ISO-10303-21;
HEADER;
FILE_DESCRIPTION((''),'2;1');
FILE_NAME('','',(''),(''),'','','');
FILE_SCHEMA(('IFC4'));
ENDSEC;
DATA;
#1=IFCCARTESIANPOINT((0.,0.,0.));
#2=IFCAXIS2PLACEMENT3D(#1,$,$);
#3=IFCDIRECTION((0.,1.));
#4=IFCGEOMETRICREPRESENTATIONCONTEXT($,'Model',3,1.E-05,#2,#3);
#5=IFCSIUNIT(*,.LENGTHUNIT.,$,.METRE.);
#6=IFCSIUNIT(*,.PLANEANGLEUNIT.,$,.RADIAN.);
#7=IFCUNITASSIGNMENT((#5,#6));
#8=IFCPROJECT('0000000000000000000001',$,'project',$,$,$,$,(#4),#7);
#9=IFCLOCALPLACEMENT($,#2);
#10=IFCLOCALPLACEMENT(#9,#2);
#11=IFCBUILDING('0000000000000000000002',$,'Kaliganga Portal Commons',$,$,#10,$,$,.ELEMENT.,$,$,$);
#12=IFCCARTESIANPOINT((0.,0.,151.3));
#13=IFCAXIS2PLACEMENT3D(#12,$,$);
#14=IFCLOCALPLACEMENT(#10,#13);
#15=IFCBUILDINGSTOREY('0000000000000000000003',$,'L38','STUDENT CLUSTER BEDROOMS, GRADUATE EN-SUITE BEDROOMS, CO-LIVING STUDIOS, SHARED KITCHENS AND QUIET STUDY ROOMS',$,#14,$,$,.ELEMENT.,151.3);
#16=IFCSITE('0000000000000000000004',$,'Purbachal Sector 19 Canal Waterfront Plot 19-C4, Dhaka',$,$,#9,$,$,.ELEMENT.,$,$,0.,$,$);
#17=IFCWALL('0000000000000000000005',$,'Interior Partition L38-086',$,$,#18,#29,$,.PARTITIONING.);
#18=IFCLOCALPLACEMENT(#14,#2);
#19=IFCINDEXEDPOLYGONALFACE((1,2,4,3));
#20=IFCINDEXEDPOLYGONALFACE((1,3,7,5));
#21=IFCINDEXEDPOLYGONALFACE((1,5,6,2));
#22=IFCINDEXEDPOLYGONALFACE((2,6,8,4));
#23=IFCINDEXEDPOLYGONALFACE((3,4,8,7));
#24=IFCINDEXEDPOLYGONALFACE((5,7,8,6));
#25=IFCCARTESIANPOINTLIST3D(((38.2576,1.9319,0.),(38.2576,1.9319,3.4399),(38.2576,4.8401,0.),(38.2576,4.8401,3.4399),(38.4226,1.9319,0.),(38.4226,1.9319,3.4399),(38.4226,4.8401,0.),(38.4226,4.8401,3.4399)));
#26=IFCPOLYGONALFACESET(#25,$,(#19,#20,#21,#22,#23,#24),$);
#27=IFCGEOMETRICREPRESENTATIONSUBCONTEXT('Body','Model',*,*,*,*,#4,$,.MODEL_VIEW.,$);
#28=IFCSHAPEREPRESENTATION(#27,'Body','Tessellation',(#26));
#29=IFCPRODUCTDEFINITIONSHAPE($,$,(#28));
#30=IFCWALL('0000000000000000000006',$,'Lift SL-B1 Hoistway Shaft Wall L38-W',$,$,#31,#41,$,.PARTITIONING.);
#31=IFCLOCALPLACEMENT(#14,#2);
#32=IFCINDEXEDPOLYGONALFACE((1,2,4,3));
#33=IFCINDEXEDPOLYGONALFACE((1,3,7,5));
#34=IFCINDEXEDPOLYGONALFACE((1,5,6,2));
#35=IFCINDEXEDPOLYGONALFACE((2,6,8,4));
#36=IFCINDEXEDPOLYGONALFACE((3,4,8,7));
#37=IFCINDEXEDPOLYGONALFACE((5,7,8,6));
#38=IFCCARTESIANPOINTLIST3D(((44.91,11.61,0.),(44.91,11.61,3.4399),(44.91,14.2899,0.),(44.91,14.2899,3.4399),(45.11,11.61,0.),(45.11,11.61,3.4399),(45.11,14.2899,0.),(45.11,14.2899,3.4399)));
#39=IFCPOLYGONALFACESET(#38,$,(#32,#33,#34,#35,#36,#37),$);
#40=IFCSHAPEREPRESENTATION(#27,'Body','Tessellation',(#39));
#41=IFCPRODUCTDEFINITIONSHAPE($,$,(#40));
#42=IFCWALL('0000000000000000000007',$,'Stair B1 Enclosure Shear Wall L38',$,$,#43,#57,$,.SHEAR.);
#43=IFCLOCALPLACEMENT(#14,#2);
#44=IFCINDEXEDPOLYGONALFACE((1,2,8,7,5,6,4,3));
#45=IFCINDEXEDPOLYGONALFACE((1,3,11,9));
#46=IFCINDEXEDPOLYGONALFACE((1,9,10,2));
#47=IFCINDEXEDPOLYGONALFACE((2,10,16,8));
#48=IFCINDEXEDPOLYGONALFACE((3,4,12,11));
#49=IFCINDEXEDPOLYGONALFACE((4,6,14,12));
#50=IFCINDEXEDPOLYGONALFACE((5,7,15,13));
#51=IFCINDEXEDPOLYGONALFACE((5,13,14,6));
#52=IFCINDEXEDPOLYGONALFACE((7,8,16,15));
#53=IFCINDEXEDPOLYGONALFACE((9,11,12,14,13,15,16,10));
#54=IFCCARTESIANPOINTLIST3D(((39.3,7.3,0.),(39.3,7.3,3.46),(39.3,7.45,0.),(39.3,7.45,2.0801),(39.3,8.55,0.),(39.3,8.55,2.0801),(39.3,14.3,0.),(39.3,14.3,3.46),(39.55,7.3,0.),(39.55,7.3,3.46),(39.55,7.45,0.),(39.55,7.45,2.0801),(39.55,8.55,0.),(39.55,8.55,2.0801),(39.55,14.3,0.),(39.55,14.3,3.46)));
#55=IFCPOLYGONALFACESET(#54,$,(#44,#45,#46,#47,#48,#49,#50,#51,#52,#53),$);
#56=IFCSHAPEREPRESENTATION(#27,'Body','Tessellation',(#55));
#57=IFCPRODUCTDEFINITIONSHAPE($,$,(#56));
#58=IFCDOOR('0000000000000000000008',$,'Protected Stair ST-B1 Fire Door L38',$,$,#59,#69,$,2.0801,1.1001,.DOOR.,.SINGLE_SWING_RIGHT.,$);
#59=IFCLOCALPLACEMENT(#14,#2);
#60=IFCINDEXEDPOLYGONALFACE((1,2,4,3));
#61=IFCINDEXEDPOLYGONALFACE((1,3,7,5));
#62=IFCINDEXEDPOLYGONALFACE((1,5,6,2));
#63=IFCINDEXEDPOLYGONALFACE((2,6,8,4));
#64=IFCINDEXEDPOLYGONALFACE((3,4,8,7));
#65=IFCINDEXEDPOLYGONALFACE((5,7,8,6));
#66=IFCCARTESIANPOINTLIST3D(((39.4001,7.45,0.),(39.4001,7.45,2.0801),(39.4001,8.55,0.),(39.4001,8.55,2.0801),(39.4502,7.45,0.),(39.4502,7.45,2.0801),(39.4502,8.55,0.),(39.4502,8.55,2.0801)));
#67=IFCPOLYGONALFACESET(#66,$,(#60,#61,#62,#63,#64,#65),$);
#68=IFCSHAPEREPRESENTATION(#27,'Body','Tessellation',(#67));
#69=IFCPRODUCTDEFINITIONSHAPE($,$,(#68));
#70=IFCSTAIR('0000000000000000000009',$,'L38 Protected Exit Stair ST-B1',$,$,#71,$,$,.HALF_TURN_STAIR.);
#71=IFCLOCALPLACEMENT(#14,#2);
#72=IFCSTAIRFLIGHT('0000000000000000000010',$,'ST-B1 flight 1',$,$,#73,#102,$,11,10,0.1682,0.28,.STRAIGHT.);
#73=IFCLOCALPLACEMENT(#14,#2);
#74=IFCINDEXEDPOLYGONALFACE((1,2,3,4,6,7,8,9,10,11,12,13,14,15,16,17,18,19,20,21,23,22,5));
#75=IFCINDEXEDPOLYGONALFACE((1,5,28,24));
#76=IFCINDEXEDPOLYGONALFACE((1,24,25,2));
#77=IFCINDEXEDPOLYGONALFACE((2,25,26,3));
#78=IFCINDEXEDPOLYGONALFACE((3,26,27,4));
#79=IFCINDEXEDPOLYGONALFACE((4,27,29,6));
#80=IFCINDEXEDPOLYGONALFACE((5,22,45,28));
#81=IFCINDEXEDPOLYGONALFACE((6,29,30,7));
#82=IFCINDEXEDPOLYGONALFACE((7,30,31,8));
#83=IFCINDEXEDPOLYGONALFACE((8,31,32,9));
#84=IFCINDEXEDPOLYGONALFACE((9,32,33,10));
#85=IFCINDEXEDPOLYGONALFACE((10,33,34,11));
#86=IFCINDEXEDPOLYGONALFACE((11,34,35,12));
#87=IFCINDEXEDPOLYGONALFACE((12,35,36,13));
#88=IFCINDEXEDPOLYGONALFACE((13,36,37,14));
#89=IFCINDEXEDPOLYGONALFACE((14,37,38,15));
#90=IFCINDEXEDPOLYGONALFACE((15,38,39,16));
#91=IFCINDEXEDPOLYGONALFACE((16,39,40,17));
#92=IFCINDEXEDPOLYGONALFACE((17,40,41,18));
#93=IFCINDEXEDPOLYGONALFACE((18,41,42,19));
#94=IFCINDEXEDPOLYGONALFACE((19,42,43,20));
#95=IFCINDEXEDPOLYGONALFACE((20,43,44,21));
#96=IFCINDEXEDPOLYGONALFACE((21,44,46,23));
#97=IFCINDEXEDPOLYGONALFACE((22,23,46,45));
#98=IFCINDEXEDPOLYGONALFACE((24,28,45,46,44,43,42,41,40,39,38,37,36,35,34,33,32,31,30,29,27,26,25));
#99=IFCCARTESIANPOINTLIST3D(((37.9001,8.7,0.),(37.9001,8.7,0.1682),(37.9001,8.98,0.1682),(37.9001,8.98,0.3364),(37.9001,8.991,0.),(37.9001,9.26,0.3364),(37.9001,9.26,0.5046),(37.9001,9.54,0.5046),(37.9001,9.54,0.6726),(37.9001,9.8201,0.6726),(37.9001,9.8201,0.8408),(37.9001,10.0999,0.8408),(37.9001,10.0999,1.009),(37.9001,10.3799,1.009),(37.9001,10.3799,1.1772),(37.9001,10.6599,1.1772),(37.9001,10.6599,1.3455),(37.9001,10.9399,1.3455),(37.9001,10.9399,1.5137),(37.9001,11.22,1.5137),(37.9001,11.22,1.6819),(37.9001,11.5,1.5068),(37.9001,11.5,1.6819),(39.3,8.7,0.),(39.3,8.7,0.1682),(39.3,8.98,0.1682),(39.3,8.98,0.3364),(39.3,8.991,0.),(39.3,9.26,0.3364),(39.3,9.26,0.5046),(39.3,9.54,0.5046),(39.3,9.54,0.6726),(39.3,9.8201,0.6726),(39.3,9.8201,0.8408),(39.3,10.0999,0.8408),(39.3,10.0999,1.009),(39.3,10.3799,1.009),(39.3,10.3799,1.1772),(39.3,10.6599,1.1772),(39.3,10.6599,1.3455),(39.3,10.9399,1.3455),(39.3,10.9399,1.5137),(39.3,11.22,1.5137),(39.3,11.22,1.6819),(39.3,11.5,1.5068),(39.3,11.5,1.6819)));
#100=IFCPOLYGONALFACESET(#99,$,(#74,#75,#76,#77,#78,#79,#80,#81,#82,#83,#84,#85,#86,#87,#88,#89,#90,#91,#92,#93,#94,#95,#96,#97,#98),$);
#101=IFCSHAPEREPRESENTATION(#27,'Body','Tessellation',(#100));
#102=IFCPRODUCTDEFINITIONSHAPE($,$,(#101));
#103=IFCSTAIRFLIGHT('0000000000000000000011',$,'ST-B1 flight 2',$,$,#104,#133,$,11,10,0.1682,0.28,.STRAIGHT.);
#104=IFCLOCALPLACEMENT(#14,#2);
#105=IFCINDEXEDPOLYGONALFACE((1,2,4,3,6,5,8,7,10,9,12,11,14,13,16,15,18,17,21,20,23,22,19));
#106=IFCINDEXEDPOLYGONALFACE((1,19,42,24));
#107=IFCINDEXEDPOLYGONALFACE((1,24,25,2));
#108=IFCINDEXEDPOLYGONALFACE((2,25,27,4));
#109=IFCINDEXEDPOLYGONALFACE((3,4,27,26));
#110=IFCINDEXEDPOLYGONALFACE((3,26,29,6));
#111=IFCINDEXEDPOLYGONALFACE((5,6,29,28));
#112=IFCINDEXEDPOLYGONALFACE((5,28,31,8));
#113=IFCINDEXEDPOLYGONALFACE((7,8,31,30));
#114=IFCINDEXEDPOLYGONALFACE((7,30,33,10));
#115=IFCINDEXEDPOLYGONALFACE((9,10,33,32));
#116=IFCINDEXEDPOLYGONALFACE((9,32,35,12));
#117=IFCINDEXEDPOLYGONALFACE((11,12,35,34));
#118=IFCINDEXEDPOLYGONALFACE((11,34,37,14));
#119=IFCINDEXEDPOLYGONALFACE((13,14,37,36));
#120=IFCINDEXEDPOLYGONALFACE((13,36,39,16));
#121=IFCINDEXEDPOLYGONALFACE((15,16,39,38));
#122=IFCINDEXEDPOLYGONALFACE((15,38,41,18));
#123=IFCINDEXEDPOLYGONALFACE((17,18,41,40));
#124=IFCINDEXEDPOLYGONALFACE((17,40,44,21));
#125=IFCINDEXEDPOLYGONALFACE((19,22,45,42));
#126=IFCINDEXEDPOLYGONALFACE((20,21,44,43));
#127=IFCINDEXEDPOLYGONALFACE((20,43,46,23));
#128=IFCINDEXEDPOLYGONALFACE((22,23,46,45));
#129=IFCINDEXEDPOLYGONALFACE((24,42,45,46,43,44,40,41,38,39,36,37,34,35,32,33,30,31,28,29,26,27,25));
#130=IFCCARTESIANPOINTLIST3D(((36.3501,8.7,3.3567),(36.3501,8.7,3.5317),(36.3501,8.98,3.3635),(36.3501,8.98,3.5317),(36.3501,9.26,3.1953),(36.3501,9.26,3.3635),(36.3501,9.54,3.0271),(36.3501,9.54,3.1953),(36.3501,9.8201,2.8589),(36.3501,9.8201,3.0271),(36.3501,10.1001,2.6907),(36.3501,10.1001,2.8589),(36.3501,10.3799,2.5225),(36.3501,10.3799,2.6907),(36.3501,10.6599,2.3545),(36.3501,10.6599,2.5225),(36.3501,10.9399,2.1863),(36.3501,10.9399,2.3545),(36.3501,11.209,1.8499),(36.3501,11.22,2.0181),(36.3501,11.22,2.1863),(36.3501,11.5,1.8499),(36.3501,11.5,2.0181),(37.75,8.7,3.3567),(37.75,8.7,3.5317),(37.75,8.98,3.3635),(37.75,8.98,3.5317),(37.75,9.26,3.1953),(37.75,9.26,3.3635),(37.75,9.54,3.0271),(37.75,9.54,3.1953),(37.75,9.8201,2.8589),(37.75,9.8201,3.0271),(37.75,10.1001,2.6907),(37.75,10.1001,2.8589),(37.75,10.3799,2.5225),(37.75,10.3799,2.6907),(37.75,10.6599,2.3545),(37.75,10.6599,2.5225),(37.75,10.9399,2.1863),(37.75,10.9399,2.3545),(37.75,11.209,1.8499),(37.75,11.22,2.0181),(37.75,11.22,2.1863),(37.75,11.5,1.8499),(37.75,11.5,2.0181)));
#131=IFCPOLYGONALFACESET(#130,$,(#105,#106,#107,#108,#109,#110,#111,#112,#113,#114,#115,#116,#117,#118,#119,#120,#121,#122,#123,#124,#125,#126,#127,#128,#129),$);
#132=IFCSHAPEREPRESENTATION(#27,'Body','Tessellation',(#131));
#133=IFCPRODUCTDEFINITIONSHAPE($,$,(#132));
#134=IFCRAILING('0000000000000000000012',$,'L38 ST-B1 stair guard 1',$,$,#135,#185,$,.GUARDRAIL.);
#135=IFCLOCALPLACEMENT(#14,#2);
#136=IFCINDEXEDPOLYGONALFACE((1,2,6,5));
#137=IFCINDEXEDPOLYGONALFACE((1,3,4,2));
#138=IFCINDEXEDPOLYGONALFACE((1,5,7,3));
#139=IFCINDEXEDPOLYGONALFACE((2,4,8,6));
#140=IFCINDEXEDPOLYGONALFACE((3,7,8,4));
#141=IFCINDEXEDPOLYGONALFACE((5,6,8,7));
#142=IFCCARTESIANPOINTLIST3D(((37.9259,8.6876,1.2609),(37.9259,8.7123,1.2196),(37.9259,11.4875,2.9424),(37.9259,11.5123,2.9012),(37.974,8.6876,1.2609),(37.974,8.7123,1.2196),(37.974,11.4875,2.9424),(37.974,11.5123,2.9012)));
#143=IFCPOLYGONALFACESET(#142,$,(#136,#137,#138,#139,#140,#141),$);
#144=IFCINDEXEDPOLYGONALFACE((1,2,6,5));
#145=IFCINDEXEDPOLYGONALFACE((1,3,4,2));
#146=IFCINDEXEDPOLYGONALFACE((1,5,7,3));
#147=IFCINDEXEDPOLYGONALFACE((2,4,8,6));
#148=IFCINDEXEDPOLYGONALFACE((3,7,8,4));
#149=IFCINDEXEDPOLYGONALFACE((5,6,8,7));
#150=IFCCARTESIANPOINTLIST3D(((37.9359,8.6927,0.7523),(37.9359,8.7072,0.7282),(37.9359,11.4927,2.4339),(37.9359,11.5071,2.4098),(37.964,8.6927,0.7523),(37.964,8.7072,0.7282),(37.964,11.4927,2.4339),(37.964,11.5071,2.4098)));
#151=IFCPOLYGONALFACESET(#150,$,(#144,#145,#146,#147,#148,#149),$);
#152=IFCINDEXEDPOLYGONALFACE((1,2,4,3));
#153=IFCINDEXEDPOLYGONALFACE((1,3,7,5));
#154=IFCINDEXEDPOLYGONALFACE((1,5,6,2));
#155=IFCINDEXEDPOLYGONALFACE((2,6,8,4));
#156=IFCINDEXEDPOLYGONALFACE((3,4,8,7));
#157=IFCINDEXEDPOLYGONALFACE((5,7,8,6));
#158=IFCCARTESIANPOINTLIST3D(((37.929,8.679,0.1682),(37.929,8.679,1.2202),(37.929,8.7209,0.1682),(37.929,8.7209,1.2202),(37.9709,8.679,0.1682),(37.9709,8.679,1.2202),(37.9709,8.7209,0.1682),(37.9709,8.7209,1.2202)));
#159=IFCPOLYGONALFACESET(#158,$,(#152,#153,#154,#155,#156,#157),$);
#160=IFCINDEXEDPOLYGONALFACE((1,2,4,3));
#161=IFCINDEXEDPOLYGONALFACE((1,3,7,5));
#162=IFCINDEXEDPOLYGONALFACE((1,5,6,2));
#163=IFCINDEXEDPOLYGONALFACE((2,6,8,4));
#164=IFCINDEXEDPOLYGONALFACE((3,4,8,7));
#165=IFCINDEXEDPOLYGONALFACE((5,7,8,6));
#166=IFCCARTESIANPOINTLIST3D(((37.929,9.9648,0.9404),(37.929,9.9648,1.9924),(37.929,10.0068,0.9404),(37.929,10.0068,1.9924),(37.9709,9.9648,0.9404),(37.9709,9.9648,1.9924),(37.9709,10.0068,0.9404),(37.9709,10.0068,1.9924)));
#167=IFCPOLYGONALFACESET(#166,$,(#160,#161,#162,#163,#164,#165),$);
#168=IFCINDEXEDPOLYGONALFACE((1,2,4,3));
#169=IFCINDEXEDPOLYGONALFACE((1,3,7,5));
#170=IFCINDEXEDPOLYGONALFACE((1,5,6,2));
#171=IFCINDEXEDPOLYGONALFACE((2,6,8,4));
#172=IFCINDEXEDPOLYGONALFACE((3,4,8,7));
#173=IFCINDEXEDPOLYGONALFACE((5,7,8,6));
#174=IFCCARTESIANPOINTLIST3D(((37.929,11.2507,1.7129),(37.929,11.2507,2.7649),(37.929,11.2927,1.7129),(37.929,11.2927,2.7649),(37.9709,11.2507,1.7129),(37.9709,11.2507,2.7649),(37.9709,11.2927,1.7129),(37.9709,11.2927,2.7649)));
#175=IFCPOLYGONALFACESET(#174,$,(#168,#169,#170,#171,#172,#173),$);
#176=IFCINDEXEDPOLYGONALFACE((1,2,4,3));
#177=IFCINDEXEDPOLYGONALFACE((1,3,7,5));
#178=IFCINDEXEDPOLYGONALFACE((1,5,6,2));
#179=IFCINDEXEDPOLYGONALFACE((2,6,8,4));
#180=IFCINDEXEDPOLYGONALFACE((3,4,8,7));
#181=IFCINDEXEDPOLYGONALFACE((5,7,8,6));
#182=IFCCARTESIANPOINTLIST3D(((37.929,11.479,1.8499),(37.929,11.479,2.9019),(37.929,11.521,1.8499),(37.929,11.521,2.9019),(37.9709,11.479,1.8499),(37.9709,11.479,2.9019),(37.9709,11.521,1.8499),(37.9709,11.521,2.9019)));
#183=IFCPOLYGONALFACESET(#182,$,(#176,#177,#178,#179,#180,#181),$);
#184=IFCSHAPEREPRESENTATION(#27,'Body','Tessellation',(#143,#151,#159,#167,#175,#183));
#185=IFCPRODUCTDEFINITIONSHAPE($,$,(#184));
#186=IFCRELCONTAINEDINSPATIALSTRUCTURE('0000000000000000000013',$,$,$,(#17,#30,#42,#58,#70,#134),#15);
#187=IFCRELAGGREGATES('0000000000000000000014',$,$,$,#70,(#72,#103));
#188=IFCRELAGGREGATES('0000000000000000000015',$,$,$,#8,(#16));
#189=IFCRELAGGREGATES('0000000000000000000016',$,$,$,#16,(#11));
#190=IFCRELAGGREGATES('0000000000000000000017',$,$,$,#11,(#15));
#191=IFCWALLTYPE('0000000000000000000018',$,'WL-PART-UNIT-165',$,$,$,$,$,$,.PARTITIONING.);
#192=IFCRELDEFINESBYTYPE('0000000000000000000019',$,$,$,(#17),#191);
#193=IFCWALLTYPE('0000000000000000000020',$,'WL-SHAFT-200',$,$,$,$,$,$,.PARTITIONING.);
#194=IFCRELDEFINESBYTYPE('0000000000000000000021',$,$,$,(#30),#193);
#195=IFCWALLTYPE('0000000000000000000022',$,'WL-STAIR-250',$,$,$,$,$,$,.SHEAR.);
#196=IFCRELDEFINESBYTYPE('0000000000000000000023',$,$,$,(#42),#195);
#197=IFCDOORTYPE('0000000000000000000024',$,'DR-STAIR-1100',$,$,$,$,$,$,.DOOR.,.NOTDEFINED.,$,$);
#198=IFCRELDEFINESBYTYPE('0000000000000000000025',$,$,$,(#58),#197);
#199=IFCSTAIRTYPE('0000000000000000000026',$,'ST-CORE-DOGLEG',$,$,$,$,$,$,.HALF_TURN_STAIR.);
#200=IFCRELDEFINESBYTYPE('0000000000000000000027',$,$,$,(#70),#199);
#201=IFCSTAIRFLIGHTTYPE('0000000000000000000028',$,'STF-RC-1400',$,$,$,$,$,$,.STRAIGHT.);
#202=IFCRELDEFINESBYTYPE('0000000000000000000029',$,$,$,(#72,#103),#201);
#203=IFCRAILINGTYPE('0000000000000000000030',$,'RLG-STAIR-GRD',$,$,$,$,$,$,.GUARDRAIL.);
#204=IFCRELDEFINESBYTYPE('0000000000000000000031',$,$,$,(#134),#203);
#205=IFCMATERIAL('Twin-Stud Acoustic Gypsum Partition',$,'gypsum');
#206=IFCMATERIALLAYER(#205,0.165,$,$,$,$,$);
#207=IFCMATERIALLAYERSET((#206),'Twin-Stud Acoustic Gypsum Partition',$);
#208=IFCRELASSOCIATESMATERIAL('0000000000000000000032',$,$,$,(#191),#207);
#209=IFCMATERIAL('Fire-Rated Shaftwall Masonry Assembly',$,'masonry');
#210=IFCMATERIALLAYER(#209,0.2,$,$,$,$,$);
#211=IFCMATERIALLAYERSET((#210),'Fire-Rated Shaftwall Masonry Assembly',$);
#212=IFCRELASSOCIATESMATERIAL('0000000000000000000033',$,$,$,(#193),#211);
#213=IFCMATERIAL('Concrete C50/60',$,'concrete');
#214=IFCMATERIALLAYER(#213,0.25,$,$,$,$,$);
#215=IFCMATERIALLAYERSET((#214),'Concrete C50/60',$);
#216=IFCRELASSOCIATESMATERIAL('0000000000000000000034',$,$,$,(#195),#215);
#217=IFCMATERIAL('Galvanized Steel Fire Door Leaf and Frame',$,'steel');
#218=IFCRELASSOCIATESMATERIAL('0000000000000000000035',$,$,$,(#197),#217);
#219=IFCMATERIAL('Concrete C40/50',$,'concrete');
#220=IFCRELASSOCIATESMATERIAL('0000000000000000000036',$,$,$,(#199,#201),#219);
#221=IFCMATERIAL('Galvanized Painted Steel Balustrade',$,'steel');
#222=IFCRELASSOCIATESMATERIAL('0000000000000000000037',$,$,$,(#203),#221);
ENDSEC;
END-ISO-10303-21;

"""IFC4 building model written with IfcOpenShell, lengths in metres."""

from ifc_helpers import new_model, si_unit, direction, frame, frame_2d, origin, origin_2d, place, context, subcontext, project, spatial, polyline, rectangle, outline, extrude, material, layer, layer_set, type_object, element, fill, aggregate, save


model = new_model("IFC4")

# Units and contexts
model_context = context("Model", 3, precision=1e-05, world=origin(), true_north=direction((0.0, 1.0)))
body_context = subcontext(model_context, "Body", "Model", "MODEL_VIEW")
ifc_project = project(units=[si_unit("LENGTHUNIT", "METRE"), si_unit("PLANEANGLEUNIT", "RADIAN")], contexts=[model_context])

# Site, building, storey
site_placement = place(None, origin())
site = spatial("IfcSite", under=ifc_project, at=site_placement, Name="Purbachal Sector 19 Canal Waterfront Plot 19-C4, Dhaka", CompositionType="ELEMENT", RefElevation=0.0)
building_placement = place(site_placement, origin())
building = spatial("IfcBuilding", under=site, at=building_placement, Name="Kaliganga Portal Commons", CompositionType="ELEMENT")
storey_placement = place(building_placement, frame((0.0, 0.0, 151.3)))
storey = spatial("IfcBuildingStorey", under=building, at=storey_placement, Name="L38", Description="STUDENT CLUSTER BEDROOMS, GRADUATE EN-SUITE BEDROOMS, CO-LIVING STUDIOS, SHARED KITCHENS AND QUIET STUDY ROOMS", CompositionType="ELEMENT", Elevation=151.3)

# Shared definitions
ifc_material_1 = material(Name="Concrete C50/60", Category="concrete")

# Walls
ifc_material_2 = material(Name="Twin-Stud Acoustic Gypsum Partition", Category="gypsum")
ifc_layer_1 = layer(ifc_material_2, 0.165)
ifc_layer_set_1 = layer_set([ifc_layer_1], Name="Twin-Stud Acoustic Gypsum Partition")
wall_type_1 = type_object("IfcWallType", Name="WL-PART-UNIT-165", PredefinedType="PARTITIONING", material=ifc_layer_set_1)
wall_1_placement = place(storey_placement, frame((38.3401, 1.9319, 0.0), z_axis=(0.0, 0.0, 1.0), x_axis=(0.0, 1.0, 0.0)))
element("IfcWall", 1, at=wall_1_placement, inside=storey, type_object=wall_type_1, Name="Interior Partition L38-086", PredefinedType="PARTITIONING", context=body_context, shape_type="SweptSolid", body=[
    extrude(rectangle(XDim=2.9082, YDim=0.165, at=frame_2d((1.4541, 0.0))), origin(), (0.0, 0.0, 1.0), 3.4399),
])
ifc_material_3 = material(Name="Fire-Rated Shaftwall Masonry Assembly", Category="masonry")
ifc_layer_2 = layer(ifc_material_3, 0.2)
ifc_layer_set_2 = layer_set([ifc_layer_2], Name="Fire-Rated Shaftwall Masonry Assembly")
wall_type_2 = type_object("IfcWallType", Name="WL-SHAFT-200", PredefinedType="PARTITIONING", material=ifc_layer_set_2)
wall_2_placement = place(storey_placement, frame((45.01, 11.6101, 0.0), z_axis=(0.0, 0.0, 1.0), x_axis=(0.0, 1.0, 0.0)))
element("IfcWall", 2, at=wall_2_placement, inside=storey, type_object=wall_type_2, Name="Lift SL-B1 Hoistway Shaft Wall L38-W", PredefinedType="PARTITIONING", context=body_context, shape_type="SweptSolid", body=[
    extrude(rectangle(XDim=2.6799, YDim=0.2, at=frame_2d((1.3398, 0.0))), origin(), (0.0, 0.0, 1.0), 3.4399),
])

# Wall, opening, door
ifc_layer_3 = layer(ifc_material_1, 0.25)
ifc_layer_set_3 = layer_set([ifc_layer_3], Name="Concrete C50/60")
wall_type_3 = type_object("IfcWallType", Name="WL-STAIR-250", PredefinedType="SHEAR", material=ifc_layer_set_3)
wall_3_placement = place(storey_placement, frame((39.425, 7.3, 0.0), z_axis=(0.0, 0.0, 1.0), x_axis=(0.0, 1.0, 0.0)))
wall_3 = element("IfcWall", 3, at=wall_3_placement, inside=storey, type_object=wall_type_3, Name="Stair B1 Enclosure Shear Wall L38", PredefinedType="SHEAR", context=body_context, shape_type="SweptSolid", body=[
    extrude(rectangle(XDim=7.0, YDim=0.25, at=frame_2d((3.5, 0.0))), origin(), (0.0, 0.0, 1.0), 3.46),
])
opening_1_placement = place(wall_3_placement, frame((0.1499, 0.0, 0.0)))
opening_1 = element("IfcOpeningElement", 4, at=opening_1_placement, cuts=wall_3, PredefinedType="OPENING", context=body_context, shape_type="SweptSolid", body=[
    extrude(rectangle(XDim=1.1001, YDim=2.0801, at=frame_2d((0.55, 1.04))), frame((0.0, 0.135, 0.0), z_axis=(0.0, -1.0, 0.0), x_axis=(1.0, 0.0, 0.0)), (0.0, 0.0, 1.0), 0.27),
])
ifc_material_4 = material(Name="Galvanized Steel Fire Door Leaf and Frame", Category="steel")
door_type_1 = type_object("IfcDoorType", Name="DR-STAIR-1100", OperationType="NOTDEFINED", PredefinedType="DOOR", material=ifc_material_4)
door_1_placement = place(opening_1_placement, origin())
door_1 = element("IfcDoor", 5, at=door_1_placement, inside=storey, type_object=door_type_1, Name="Protected Stair ST-B1 Fire Door L38", OperationType="SINGLE_SWING_RIGHT", OverallHeight=2.0801, OverallWidth=1.1001, PredefinedType="DOOR", context=body_context, shape_type="SweptSolid", body=[
    extrude(rectangle(XDim=1.1001, YDim=2.0801, at=frame_2d((0.55, 1.04))), frame((0.0, 0.0249, 0.0), z_axis=(0.0, -1.0, 0.0), x_axis=(1.0, 0.0, 0.0)), (0.0, 0.0, 1.0), 0.05),
])
fill(opening_1, door_1)

# Stair, stair flights
ifc_material_5 = material(Name="Concrete C40/50", Category="concrete")
stair_type = type_object("IfcStairType", Name="ST-CORE-DOGLEG", PredefinedType="HALF_TURN_STAIR", material=ifc_material_5)
stair_placement = place(storey_placement, origin())
stair = element("IfcStair", 6, at=stair_placement, inside=storey, type_object=stair_type, Name="L38 Protected Exit Stair ST-B1", PredefinedType="HALF_TURN_STAIR")
stair_flight_type = type_object("IfcStairFlightType", Name="STF-RC-1400", PredefinedType="STRAIGHT", material=ifc_material_5)
stair_flight_1_placement = place(storey_placement, frame((38.6001, 8.7, 0.0), z_axis=(0.0, 0.0, 1.0), x_axis=(0.0, 1.0, 0.0)))
stair_flight_1 = element("IfcStairFlight", 7, at=stair_flight_1_placement, type_object=stair_flight_type, Name="ST-B1 flight 1", NumberOfRisers=11, NumberOfTreads=10, PredefinedType="STRAIGHT", RiserHeight=0.1682, TreadLength=0.28, context=body_context, shape_type="SweptSolid", body=[
    extrude(outline(polyline([(0.0, 0.0), (0.0, 0.1682), (0.28, 0.1682), (0.28, 0.3364), (0.5601, 0.3364), (0.5601, 0.5046), (0.8401, 0.5046), (0.8401, 0.6726), (1.1201, 0.6726), (1.1201, 0.8408), (1.3999, 0.8408), (1.3999, 1.009), (1.6799, 1.009), (1.6799, 1.1772), (1.96, 1.1772), (1.96, 1.3455), (2.24, 1.3455), (2.24, 1.5137), (2.52, 1.5137), (2.52, 1.6819), (2.8, 1.6819), (2.8, 1.8501), (2.8, 1.5068), (0.291, 0.0), (0.0, 0.0)])), frame((0.0, 0.7, 0.0), z_axis=(0.0, -1.0, 0.0), x_axis=(1.0, 0.0, 0.0)), (0.0, 0.0, 1.0), 1.3999),
])
stair_flight_2_placement = place(storey_placement, frame((37.05, 11.5, 1.8499), z_axis=(0.0, 0.0, 1.0), x_axis=(0.0, -1.0, 0.0)))
stair_flight_2 = element("IfcStairFlight", 8, at=stair_flight_2_placement, type_object=stair_flight_type, Name="ST-B1 flight 2", NumberOfRisers=11, NumberOfTreads=10, PredefinedType="STRAIGHT", RiserHeight=0.1682, TreadLength=0.28, context=body_context, shape_type="SweptSolid", body=[
    extrude(outline(polyline([(0.0, 0.0), (0.0, 0.1682), (0.28, 0.1682), (0.28, 0.3364), (0.5601, 0.3364), (0.5601, 0.5046), (0.8401, 0.5046), (0.8401, 0.6726), (1.1201, 0.6726), (1.1201, 0.8408), (1.3999, 0.8408), (1.3999, 1.009), (1.6799, 1.009), (1.6799, 1.1772), (1.96, 1.1772), (1.96, 1.3455), (2.24, 1.3455), (2.24, 1.5137), (2.52, 1.5137), (2.52, 1.6819), (2.8, 1.6819), (2.8, 1.8501), (2.8, 1.5068), (0.291, 0.0), (0.0, 0.0)])), frame((0.0, 0.7, 0.0), z_axis=(0.0, -1.0, 0.0), x_axis=(1.0, 0.0, 0.0)), (0.0, 0.0, 1.0), 1.3999),
])
aggregate(stair, [stair_flight_1, stair_flight_2])

# Railing
ifc_material_6 = material(Name="Galvanized Painted Steel Balustrade", Category="steel")
railing_type_1 = type_object("IfcRailingType", Name="RLG-STAIR-GRD", PredefinedType="GUARDRAIL", material=ifc_material_6)
railing_1_placement = place(storey_placement, frame((37.95, 8.7, 0.1682)))
element("IfcRailing", 9, at=railing_1_placement, inside=storey, type_object=railing_type_1, Name="L38 ST-B1 stair guard 1", PredefinedType="GUARDRAIL", context=body_context, shape_type="SweptSolid", body=[
    extrude(rectangle(XDim=0.0481, YDim=0.0481, at=origin_2d()), frame((0.0, 0.0, 1.072), z_axis=(0.0, 0.857275, 0.514858), x_axis=(-1.0, 0.0, 0.0)), (0.0, 0.0, 1.0), 3.2661),
    extrude(rectangle(XDim=0.0281, YDim=0.0281, at=origin_2d()), frame((0.0, 0.0, 0.572), z_axis=(0.0, 0.857275, 0.514858), x_axis=(-1.0, 0.0, 0.0)), (0.0, 0.0, 1.0), 3.2661),
    extrude(rectangle(XDim=0.042, YDim=0.042, at=origin_2d()), origin(), (0.0, 0.0, 1.0), 1.052),
    extrude(rectangle(XDim=0.042, YDim=0.042, at=origin_2d()), frame((0.0, 1.2859, 0.7722)), (0.0, 0.0, 1.0), 1.052),
    extrude(rectangle(XDim=0.042, YDim=0.042, at=origin_2d()), frame((0.0, 2.5718, 1.5447)), (0.0, 0.0, 1.0), 1.052),
    extrude(rectangle(XDim=0.042, YDim=0.042, at=origin_2d()), frame((0.0, 2.8, 1.6816)), (0.0, 0.0, 1.0), 1.052),
])

save(model, "model.ifc")
